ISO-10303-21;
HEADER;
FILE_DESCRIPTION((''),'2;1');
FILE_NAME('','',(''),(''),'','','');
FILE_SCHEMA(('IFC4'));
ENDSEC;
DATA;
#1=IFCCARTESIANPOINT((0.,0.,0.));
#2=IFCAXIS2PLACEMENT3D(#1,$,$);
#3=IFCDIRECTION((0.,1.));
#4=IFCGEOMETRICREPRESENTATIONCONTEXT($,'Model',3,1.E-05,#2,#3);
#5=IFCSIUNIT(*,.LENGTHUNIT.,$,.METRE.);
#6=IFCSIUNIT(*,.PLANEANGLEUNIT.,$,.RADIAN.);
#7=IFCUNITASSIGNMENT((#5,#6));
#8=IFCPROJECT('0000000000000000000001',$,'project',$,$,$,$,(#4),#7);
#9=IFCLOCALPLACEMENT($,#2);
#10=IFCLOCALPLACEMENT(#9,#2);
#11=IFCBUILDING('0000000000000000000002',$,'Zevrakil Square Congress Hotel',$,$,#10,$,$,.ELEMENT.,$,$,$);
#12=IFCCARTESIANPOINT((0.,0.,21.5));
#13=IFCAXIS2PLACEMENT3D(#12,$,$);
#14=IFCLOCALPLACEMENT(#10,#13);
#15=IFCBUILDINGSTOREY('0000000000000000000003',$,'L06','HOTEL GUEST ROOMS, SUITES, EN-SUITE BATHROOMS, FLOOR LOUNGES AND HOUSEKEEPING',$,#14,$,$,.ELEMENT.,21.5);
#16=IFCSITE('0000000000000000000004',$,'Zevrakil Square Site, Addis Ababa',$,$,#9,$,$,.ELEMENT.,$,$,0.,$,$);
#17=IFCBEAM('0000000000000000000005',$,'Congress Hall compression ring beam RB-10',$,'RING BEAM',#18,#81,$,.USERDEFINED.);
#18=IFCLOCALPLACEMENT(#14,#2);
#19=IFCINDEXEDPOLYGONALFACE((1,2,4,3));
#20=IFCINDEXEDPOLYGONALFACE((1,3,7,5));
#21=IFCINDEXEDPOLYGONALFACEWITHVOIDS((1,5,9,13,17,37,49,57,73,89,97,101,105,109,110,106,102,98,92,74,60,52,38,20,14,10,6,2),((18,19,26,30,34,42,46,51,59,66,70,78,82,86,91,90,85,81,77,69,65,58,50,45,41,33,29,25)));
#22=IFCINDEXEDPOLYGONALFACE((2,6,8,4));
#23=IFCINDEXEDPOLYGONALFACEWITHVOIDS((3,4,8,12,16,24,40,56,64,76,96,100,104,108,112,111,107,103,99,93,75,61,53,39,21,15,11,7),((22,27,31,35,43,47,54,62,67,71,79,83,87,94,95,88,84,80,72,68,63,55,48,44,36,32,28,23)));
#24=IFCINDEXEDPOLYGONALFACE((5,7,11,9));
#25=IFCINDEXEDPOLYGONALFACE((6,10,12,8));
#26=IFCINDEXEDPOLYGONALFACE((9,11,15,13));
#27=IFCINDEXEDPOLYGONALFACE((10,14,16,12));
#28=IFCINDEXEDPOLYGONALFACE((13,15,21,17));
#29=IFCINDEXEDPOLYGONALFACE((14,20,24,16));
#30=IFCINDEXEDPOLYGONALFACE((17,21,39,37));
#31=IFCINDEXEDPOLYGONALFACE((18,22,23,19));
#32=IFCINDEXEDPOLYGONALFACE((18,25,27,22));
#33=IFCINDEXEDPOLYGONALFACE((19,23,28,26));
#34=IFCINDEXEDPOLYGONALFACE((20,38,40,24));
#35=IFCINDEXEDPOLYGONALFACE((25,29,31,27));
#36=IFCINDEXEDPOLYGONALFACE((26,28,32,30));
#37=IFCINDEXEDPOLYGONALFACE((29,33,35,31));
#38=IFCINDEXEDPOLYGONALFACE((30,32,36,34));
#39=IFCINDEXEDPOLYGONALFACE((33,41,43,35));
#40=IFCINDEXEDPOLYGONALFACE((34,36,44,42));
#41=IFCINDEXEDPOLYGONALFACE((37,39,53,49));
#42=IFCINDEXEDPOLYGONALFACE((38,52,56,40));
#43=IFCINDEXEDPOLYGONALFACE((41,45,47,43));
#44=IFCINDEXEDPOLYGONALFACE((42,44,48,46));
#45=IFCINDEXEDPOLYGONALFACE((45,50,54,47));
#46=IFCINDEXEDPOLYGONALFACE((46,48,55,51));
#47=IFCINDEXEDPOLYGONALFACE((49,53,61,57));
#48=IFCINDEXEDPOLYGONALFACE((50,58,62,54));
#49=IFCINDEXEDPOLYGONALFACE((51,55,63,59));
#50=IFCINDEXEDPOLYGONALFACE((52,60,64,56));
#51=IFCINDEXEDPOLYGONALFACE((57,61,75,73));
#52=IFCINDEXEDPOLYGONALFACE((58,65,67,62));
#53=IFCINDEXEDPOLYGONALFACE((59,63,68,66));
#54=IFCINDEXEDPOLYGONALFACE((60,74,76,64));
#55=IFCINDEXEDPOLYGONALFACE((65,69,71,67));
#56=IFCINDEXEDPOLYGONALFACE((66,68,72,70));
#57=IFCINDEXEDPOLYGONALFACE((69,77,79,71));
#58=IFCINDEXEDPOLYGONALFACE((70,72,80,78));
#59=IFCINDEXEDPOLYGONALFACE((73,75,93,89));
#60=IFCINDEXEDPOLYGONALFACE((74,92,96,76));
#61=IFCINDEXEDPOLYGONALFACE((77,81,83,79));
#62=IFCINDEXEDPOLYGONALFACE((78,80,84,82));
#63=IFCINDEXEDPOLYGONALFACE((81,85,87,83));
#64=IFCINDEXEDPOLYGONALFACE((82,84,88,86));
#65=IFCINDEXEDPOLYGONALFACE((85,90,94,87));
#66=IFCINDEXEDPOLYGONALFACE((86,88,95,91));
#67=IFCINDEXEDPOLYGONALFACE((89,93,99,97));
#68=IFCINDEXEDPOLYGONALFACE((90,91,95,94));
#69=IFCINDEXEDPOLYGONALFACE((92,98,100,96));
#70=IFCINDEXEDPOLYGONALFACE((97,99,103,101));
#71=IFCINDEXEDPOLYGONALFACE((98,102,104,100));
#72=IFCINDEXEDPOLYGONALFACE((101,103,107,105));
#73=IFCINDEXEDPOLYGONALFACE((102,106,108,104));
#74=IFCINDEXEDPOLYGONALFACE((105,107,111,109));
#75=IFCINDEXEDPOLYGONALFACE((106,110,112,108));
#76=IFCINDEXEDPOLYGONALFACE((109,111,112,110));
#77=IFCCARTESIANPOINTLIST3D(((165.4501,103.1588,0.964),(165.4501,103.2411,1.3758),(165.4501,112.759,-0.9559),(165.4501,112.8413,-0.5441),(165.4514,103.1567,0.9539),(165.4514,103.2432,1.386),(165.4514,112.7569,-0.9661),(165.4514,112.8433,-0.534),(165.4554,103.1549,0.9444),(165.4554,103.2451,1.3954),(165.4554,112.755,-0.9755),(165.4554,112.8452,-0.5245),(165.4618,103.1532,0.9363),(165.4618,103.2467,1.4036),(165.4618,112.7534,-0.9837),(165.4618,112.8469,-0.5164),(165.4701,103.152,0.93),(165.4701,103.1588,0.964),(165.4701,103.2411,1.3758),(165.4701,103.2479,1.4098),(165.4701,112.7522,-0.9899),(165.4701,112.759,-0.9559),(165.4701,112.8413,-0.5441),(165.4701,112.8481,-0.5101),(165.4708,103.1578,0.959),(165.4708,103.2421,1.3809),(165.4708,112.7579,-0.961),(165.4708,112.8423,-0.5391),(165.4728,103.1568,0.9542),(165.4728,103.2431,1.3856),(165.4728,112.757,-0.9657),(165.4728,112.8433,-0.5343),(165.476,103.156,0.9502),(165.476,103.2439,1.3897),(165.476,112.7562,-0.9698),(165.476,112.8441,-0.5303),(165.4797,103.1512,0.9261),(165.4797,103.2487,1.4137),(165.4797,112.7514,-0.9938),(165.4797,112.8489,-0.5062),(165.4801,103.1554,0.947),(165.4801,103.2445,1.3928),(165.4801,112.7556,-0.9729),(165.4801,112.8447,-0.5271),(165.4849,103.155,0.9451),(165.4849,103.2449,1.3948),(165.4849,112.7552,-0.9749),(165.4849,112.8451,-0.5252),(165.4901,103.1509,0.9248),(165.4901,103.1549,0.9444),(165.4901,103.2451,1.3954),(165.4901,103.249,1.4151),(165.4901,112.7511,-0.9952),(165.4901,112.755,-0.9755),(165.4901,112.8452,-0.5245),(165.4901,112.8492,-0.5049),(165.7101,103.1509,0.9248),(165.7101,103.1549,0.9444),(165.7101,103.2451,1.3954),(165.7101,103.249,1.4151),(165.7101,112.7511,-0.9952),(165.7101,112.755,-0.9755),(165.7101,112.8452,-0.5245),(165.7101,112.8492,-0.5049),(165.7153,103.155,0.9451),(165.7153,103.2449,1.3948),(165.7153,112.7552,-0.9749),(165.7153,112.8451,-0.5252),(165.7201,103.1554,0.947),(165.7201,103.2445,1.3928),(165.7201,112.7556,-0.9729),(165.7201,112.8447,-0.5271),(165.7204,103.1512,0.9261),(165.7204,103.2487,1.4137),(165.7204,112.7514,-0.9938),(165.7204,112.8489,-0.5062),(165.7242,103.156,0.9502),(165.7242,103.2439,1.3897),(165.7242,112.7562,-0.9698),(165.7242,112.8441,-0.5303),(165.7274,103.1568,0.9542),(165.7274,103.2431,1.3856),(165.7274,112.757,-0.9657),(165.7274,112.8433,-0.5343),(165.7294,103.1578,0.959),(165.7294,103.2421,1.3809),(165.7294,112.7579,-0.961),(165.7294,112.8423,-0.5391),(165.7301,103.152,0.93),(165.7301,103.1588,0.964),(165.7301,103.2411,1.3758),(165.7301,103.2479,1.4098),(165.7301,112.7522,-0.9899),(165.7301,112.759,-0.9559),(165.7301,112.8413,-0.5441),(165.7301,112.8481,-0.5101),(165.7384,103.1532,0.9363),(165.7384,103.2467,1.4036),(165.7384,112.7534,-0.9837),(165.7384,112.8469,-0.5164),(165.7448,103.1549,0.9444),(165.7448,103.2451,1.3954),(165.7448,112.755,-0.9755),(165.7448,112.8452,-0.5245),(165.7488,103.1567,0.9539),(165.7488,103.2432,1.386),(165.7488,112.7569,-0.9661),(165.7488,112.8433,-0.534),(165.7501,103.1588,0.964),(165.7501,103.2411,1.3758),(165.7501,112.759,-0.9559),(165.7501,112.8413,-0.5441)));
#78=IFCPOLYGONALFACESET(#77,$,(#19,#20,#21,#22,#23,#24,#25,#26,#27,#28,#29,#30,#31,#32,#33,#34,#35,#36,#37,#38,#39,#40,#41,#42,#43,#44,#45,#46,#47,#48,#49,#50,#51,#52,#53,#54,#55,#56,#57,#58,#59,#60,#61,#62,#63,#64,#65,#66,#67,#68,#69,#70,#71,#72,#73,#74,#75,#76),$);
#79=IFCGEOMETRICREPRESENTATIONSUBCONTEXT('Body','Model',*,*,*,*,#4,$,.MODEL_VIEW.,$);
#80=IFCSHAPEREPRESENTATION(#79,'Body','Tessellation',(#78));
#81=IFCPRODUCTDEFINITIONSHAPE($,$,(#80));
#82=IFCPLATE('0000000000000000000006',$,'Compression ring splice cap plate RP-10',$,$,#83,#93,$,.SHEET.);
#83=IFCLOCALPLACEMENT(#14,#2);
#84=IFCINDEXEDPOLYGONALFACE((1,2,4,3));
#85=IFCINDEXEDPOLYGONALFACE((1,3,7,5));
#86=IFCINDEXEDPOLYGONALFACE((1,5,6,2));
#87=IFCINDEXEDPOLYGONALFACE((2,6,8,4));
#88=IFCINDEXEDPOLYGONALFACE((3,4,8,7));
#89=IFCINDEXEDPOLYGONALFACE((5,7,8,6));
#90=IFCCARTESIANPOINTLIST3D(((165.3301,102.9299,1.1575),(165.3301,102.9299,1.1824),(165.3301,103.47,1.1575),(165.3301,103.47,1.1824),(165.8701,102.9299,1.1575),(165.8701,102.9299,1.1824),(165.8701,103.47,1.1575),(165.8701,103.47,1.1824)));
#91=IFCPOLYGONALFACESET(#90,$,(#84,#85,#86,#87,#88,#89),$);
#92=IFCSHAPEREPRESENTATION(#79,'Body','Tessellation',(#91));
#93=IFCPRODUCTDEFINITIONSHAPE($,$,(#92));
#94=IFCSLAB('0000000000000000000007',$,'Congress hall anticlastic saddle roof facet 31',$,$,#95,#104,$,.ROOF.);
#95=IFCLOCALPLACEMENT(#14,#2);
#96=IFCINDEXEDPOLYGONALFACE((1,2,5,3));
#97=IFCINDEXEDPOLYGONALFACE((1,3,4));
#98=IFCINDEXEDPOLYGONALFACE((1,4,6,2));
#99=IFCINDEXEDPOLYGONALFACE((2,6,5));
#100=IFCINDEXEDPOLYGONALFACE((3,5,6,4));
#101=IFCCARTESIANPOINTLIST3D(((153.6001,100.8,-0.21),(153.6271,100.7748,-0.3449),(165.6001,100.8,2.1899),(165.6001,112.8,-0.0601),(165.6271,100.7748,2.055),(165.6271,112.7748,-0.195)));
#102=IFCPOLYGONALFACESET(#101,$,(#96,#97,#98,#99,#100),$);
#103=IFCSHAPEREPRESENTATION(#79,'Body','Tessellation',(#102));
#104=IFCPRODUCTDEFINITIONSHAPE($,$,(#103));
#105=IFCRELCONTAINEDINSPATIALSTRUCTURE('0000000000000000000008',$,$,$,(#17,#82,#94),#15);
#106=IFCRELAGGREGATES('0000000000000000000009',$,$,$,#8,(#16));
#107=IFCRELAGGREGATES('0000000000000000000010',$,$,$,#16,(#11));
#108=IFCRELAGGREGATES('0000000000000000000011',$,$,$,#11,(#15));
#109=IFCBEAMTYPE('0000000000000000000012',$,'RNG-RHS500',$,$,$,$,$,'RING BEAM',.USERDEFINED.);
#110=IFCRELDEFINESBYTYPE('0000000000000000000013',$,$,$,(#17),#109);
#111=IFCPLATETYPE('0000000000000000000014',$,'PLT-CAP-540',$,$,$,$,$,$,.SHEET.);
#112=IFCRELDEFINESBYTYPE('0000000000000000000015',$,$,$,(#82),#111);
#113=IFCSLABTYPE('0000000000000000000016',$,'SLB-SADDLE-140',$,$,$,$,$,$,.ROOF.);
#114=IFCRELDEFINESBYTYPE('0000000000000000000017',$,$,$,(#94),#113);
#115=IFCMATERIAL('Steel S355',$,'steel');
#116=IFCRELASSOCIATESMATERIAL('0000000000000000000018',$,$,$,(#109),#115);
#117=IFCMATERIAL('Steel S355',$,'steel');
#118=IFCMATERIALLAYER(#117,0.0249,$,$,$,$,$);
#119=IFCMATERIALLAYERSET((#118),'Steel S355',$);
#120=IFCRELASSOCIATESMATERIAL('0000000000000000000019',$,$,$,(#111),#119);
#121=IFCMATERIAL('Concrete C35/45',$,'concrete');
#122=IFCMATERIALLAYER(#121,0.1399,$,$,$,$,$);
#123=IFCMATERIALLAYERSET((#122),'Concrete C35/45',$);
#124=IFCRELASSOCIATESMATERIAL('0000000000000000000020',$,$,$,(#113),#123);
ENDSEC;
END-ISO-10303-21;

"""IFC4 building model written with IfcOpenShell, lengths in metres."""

from ifc_helpers import new_model, si_unit, direction, frame, origin, origin_2d, place, context, subcontext, project, spatial, polyline, rectangle, hollow_rectangle, outline, extrude, material, layer, layer_set, material_profile, profile_set, type_object, element, save


model = new_model("IFC4")

# Units and contexts
model_context = context("Model", 3, precision=1e-05, world=origin(), true_north=direction((0.0, 1.0)))
body_context = subcontext(model_context, "Body", "Model", "MODEL_VIEW")
ifc_project = project(units=[si_unit("LENGTHUNIT", "METRE"), si_unit("PLANEANGLEUNIT", "RADIAN")], contexts=[model_context])

# Site, building, storey
site_placement = place(None, origin())
site = spatial("IfcSite", under=ifc_project, at=site_placement, Name="Zevrakil Square Site, Addis Ababa", CompositionType="ELEMENT", RefElevation=0.0)
building_placement = place(site_placement, origin())
building = spatial("IfcBuilding", under=site, at=building_placement, Name="Zevrakil Square Congress Hotel", CompositionType="ELEMENT")
storey_placement = place(building_placement, frame((0.0, 0.0, 21.5)))
storey = spatial("IfcBuildingStorey", under=building, at=storey_placement, Name="L06", Description="HOTEL GUEST ROOMS, SUITES, EN-SUITE BATHROOMS, FLOOR LOUNGES AND HOUSEKEEPING", CompositionType="ELEMENT", Elevation=21.5)

# Beam
ifc_material_1 = material(Name="Steel S355", Category="steel")
ifc_material_profile_1 = material_profile(ifc_material_1, hollow_rectangle(XDim=0.3, YDim=0.5, WallThickness=0.02, InnerFilletRadius=0.02, OuterFilletRadius=0.04, at=origin_2d()), Name="RHS 500x300x20")
ifc_profile_set_1 = profile_set([ifc_material_profile_1], Name="Steel S355")
beam_type = type_object("IfcBeamType", Name="RNG-RHS500", ElementType="RING BEAM", PredefinedType="USERDEFINED", material=ifc_profile_set_1)
beam_placement = place(storey_placement, frame((165.6001, 103.2, 1.1699), z_axis=(0.0, 0.980583, -0.196107), x_axis=(-1.0, 0.0, 0.0)))
element("IfcBeam", 1, at=beam_placement, inside=storey, type_object=beam_type, Name="Congress Hall compression ring beam RB-10", ObjectType="RING BEAM", PredefinedType="USERDEFINED", context=body_context, shape_type="SweptSolid", body=[
    extrude(hollow_rectangle(XDim=0.3, YDim=0.5, WallThickness=0.02, InnerFilletRadius=0.02, OuterFilletRadius=0.04, at=origin_2d()), origin(), (0.0, 0.0, 1.0), 9.7903),
])

# Plate
ifc_material_2 = material(Name="Steel S355", Category="steel")
ifc_layer_1 = layer(ifc_material_2, 0.0249)
ifc_layer_set_1 = layer_set([ifc_layer_1], Name="Steel S355")
plate_type = type_object("IfcPlateType", Name="PLT-CAP-540", PredefinedType="SHEET", material=ifc_layer_set_1)
plate_placement = place(storey_placement, frame((165.6001, 103.2, 1.1575), z_axis=(0.0, 0.0, 1.0), x_axis=(1.0, 0.0, 0.0)))
element("IfcPlate", 2, at=plate_placement, inside=storey, type_object=plate_type, Name="Compression ring splice cap plate RP-10", PredefinedType="SHEET", context=body_context, shape_type="SweptSolid", body=[
    extrude(rectangle(XDim=0.54, YDim=0.54, at=origin_2d()), origin(), (0.0, 0.0, 1.0), 0.0249),
])

# Slab
ifc_material_3 = material(Name="Concrete C35/45", Category="concrete")
ifc_layer_2 = layer(ifc_material_3, 0.1399)
ifc_layer_set_2 = layer_set([ifc_layer_2], Name="Concrete C35/45")
slab_type = type_object("IfcSlabType", Name="SLB-SADDLE-140", PredefinedType="ROOF", material=ifc_layer_set_2)
slab_placement = place(storey_placement, frame((153.6001, 100.8, -0.21), z_axis=(-0.192876, 0.180828, 0.964417), x_axis=(0.980582, 0.0, 0.196108)))
element("IfcSlab", 3, at=slab_placement, inside=storey, type_object=slab_type, Name="Congress hall anticlastic saddle roof facet 31", PredefinedType="ROOF", context=body_context, shape_type="SweptSolid", body=[
    extrude(outline(polyline([(0.0, 0.0), (12.2376, 0.0), (11.7964, 12.2011), (0.0, 0.0)])), origin(), (0.0, 0.0, -1.0), 0.1399),
])

save(model, "model.ifc")
